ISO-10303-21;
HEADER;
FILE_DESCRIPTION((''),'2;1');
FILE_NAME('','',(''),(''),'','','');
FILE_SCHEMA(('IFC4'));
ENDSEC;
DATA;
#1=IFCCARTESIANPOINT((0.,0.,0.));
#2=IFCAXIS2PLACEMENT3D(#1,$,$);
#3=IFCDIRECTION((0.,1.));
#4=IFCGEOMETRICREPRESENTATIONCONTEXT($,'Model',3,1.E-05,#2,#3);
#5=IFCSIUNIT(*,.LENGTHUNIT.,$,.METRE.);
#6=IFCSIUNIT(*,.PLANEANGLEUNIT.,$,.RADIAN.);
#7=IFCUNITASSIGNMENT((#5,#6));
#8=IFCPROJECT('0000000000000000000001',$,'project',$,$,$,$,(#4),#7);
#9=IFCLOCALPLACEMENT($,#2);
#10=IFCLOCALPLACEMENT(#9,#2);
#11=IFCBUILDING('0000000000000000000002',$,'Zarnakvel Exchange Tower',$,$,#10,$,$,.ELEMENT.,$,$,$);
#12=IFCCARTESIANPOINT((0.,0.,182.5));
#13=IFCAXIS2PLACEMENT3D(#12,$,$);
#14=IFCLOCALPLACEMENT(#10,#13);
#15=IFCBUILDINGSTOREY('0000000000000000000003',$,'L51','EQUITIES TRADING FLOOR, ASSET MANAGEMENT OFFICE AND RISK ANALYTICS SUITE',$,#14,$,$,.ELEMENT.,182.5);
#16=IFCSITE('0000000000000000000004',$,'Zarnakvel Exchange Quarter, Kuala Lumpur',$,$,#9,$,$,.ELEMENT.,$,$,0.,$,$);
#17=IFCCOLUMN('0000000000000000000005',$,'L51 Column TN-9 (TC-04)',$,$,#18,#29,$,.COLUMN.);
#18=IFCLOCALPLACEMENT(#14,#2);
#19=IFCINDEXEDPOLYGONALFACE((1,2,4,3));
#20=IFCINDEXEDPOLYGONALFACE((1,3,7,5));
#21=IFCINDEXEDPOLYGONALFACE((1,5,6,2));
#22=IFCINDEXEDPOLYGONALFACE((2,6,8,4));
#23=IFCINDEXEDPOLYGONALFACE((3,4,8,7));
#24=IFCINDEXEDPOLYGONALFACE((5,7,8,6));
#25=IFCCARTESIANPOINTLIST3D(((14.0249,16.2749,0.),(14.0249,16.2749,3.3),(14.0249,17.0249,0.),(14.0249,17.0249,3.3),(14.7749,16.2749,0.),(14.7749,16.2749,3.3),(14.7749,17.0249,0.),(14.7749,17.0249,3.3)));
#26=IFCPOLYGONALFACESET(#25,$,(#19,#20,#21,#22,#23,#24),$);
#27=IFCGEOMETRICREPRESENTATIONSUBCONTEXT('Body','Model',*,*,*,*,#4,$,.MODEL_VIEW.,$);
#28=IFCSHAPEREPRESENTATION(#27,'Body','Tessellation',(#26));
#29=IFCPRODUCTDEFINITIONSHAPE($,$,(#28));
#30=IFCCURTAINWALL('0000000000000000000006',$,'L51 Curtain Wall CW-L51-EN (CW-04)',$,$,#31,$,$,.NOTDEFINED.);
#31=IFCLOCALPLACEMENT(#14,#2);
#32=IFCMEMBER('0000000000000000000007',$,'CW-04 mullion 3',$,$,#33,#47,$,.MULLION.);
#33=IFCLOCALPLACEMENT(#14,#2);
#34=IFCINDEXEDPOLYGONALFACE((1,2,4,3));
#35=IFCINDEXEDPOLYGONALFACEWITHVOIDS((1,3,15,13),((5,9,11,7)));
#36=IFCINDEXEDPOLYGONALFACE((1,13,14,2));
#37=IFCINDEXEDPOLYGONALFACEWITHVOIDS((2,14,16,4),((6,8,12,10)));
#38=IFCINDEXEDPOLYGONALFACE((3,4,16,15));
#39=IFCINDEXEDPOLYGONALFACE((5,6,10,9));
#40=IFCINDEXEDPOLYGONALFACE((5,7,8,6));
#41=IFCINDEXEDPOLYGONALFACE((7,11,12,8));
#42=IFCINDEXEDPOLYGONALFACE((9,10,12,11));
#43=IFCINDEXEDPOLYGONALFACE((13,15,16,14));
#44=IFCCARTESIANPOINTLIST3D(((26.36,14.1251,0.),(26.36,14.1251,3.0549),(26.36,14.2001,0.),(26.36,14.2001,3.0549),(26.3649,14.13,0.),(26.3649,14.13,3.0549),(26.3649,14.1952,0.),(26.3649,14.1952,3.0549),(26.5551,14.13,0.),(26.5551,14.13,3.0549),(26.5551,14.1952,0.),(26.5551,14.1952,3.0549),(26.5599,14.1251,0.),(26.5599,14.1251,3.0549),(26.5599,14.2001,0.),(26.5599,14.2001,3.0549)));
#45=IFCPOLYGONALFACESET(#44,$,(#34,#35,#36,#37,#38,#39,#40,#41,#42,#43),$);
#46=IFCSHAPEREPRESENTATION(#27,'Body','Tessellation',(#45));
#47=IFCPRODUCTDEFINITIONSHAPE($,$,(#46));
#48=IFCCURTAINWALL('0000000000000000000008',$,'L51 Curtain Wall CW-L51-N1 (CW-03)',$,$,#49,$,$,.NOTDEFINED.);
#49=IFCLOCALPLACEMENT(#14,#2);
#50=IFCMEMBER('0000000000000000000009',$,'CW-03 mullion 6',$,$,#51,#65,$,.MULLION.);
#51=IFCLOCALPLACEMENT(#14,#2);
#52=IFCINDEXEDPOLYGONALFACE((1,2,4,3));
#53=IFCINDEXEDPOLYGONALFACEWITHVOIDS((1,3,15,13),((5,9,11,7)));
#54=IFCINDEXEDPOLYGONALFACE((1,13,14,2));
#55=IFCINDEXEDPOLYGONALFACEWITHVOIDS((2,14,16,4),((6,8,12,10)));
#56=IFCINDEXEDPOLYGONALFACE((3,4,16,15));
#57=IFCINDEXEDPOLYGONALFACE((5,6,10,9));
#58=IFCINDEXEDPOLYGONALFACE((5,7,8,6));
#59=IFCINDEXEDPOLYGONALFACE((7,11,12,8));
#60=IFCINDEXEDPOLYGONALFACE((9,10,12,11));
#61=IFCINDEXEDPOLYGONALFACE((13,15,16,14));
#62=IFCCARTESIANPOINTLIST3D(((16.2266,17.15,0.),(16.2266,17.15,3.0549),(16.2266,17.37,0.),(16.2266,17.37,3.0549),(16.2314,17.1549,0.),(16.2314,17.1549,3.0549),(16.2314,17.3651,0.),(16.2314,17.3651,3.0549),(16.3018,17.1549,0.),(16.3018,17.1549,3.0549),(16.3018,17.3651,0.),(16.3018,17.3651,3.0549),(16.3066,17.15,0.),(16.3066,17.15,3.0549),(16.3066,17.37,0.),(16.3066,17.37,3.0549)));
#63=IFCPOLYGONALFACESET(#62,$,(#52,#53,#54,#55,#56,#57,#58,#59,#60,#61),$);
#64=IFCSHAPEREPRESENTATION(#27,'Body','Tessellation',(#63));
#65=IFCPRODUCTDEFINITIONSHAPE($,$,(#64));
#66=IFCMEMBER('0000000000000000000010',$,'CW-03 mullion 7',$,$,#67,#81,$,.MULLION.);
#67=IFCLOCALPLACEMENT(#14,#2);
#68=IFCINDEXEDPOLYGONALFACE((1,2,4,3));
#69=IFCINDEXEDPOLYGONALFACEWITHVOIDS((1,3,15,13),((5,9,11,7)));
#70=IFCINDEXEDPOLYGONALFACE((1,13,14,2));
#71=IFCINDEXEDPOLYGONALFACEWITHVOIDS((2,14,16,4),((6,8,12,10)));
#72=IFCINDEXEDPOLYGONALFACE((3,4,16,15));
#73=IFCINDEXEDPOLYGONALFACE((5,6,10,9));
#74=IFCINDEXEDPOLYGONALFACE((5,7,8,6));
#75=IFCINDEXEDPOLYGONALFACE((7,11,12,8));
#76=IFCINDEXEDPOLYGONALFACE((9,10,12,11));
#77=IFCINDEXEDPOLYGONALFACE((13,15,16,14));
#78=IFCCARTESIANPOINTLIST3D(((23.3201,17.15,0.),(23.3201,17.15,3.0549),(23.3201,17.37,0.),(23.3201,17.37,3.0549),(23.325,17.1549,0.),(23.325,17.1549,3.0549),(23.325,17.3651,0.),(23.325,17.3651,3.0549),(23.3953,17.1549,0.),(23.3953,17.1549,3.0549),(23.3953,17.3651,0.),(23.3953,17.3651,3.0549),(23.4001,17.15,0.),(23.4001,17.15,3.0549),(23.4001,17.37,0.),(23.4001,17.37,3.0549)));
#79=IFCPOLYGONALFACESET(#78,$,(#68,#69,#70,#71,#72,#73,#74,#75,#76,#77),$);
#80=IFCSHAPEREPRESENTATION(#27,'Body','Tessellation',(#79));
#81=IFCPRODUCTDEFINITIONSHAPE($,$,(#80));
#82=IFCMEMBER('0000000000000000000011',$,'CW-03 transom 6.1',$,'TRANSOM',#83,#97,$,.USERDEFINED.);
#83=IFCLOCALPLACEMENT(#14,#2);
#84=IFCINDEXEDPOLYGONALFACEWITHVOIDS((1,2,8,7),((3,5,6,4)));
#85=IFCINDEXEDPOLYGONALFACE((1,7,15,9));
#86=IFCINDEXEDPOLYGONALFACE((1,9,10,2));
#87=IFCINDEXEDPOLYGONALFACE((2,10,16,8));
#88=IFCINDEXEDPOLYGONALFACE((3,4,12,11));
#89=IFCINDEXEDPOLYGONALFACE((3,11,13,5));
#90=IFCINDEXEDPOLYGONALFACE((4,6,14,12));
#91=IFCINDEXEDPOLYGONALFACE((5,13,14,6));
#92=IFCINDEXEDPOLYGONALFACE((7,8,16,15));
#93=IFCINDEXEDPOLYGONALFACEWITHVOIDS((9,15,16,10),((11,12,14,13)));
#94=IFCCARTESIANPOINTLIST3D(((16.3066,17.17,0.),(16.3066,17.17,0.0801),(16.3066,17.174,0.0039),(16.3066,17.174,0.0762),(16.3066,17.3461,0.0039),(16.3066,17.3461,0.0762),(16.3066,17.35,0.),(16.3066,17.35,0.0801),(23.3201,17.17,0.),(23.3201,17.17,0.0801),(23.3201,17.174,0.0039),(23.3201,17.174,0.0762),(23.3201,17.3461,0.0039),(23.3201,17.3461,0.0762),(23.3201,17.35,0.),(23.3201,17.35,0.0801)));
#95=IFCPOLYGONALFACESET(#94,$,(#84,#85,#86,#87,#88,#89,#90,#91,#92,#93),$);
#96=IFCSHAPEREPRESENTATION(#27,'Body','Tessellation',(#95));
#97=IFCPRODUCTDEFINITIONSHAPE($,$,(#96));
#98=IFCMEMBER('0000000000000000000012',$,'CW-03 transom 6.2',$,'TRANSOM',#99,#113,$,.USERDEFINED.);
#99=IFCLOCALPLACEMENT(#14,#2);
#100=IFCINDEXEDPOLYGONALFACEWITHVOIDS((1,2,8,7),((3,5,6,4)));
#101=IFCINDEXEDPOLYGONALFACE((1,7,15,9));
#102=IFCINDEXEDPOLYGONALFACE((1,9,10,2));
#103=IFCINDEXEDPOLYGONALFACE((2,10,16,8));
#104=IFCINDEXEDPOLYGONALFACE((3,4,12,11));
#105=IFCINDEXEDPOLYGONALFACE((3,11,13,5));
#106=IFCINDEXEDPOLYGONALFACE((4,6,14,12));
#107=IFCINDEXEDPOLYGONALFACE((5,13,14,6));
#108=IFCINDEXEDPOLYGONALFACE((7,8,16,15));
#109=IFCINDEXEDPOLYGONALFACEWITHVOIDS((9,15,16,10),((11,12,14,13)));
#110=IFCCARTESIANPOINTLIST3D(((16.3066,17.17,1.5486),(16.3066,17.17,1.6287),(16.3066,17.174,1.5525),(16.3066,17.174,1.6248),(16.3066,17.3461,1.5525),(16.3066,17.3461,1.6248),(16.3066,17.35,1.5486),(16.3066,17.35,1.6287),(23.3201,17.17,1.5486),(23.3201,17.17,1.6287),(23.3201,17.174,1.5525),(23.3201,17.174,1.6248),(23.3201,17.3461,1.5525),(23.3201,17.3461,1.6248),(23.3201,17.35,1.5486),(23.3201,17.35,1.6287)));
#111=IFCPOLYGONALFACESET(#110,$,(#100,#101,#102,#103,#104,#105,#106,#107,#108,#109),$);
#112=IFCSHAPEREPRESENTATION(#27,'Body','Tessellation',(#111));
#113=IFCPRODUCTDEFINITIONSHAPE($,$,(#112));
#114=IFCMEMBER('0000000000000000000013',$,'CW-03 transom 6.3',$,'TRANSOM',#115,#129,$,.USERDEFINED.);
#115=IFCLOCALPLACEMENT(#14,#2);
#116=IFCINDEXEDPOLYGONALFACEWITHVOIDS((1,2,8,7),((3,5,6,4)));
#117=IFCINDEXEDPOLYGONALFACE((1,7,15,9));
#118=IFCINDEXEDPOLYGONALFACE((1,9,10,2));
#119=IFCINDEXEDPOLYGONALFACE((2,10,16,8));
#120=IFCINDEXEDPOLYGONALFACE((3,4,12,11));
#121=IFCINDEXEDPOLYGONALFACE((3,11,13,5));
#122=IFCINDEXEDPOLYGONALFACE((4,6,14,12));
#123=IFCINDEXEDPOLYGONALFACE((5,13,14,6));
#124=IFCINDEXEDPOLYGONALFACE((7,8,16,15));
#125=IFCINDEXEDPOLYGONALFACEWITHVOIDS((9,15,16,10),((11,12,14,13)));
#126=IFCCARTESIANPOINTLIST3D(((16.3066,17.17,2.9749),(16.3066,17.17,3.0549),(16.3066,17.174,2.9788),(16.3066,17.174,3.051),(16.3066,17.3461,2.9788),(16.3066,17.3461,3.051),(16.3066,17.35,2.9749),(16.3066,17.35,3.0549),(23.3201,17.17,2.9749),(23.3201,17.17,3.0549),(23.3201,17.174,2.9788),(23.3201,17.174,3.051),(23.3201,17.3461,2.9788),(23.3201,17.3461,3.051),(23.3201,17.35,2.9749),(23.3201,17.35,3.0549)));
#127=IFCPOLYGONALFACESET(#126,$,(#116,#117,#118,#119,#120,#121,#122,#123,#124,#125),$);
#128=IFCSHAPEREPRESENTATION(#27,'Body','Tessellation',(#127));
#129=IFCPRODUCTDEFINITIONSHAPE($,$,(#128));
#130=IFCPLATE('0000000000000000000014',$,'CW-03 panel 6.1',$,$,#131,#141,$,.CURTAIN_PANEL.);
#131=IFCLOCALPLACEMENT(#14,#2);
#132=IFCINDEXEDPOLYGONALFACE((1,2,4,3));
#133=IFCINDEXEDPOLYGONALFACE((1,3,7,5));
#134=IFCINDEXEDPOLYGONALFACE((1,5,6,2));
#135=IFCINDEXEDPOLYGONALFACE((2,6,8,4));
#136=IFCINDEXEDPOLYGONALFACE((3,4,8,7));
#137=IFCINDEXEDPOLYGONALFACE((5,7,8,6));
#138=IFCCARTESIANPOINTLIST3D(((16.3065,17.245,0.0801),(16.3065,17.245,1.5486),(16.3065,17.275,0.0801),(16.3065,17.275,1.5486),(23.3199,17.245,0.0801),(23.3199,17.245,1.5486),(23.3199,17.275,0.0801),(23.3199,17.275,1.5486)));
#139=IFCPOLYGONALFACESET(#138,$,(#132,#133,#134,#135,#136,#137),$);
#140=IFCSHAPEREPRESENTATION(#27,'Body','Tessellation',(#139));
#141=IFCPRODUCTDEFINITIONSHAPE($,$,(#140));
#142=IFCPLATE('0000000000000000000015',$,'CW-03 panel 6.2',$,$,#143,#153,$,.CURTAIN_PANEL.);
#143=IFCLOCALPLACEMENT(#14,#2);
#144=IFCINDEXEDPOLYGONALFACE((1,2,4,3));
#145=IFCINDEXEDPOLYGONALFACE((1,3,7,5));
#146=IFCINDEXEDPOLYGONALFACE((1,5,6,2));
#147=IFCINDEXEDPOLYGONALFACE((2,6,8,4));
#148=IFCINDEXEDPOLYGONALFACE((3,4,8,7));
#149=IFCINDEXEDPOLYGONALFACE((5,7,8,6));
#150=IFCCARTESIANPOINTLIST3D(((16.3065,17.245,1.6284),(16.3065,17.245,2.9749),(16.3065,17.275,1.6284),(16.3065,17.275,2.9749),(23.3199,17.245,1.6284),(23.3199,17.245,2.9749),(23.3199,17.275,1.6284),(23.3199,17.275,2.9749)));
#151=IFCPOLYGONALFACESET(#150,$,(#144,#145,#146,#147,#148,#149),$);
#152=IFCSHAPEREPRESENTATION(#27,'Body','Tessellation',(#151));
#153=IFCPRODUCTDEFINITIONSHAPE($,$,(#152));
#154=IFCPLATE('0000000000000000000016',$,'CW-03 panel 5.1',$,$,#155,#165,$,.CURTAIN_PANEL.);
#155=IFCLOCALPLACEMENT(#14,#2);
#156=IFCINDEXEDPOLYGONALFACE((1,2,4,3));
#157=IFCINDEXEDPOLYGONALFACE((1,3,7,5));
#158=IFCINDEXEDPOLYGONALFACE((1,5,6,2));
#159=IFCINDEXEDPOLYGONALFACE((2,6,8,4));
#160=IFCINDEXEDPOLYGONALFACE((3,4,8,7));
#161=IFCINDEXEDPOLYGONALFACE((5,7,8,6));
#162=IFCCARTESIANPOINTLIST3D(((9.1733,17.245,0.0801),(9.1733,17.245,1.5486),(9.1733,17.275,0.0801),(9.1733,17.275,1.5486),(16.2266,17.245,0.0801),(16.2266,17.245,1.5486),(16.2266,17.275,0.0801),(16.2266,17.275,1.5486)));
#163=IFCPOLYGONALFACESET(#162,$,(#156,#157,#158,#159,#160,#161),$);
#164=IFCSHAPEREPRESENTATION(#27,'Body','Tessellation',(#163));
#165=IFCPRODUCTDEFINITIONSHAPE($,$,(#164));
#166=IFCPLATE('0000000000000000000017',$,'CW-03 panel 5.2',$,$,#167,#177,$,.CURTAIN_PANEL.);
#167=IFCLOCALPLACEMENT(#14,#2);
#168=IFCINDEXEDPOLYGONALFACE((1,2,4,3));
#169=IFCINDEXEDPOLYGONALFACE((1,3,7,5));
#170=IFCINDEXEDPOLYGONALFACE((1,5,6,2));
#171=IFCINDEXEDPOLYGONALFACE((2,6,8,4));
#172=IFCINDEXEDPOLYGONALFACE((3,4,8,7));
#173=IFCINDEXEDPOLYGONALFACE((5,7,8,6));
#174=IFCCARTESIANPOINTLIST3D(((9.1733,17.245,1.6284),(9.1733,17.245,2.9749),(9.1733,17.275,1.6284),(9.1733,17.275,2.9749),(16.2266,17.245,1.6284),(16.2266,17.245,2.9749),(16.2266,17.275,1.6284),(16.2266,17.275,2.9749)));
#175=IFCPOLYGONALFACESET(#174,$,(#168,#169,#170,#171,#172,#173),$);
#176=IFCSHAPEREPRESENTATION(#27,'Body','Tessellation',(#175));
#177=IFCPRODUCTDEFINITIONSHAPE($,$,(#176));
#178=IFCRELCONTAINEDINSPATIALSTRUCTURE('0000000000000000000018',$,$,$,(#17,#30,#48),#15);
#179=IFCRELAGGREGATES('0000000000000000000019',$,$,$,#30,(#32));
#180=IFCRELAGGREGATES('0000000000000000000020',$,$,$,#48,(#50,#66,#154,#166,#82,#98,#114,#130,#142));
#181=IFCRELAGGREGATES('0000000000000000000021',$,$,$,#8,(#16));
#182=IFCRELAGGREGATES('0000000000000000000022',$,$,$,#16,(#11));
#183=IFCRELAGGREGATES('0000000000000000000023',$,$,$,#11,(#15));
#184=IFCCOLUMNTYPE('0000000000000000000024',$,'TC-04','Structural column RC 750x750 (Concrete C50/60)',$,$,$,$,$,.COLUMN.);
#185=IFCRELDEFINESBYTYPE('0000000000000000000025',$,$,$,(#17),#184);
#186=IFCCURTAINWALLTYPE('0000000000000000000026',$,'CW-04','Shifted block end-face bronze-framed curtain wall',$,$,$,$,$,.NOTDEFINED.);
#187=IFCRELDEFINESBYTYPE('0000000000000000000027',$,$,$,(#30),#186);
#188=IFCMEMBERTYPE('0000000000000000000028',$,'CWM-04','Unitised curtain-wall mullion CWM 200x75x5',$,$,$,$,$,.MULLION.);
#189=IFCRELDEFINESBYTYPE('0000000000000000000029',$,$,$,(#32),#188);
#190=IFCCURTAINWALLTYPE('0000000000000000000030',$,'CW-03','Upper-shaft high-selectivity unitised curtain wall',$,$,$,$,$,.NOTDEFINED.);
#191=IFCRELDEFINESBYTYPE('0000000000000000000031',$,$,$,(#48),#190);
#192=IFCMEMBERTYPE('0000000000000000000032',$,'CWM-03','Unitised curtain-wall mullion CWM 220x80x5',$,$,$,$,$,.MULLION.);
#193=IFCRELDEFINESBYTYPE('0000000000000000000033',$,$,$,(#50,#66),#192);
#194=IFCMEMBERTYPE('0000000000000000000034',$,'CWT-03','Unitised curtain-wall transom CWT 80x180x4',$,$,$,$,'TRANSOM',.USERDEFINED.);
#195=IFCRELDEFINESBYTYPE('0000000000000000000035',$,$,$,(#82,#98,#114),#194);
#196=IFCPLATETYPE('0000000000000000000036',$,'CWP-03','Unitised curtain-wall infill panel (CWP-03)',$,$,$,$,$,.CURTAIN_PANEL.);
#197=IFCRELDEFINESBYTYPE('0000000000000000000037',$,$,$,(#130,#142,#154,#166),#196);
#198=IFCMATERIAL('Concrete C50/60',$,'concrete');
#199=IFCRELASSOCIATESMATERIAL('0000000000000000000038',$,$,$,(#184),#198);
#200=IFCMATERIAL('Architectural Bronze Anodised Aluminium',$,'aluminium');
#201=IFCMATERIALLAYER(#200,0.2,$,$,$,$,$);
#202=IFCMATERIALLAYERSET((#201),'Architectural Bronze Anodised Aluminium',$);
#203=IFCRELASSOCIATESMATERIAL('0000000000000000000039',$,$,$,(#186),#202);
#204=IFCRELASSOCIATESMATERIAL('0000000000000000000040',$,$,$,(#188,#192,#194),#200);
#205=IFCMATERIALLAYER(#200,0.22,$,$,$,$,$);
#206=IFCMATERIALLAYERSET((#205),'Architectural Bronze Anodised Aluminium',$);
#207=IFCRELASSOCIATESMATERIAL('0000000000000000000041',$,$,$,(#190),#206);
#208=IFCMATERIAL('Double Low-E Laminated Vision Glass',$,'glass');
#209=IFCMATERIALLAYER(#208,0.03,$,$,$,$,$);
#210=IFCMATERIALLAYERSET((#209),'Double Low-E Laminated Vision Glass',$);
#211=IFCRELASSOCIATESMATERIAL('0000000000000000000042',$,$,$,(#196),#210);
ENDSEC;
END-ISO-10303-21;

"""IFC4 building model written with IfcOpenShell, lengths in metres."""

from ifc_helpers import new_model, si_unit, direction, frame, origin, origin_2d, place, context, subcontext, project, spatial, rectangle, hollow_rectangle, extrude, source, transform, mapped, material, layer, layer_set, material_profile, profile_set, type_object, element, aggregate, save


model = new_model("IFC4")

# Units and contexts
model_context = context("Model", 3, precision=1e-05, world=origin(), true_north=direction((0.0, 1.0)))
body_context = subcontext(model_context, "Body", "Model", "MODEL_VIEW")
ifc_project = project(units=[si_unit("LENGTHUNIT", "METRE"), si_unit("PLANEANGLEUNIT", "RADIAN")], contexts=[model_context])

# Site, building, storey
site_placement = place(None, origin())
site = spatial("IfcSite", under=ifc_project, at=site_placement, Name="Zarnakvel Exchange Quarter, Kuala Lumpur", CompositionType="ELEMENT", RefElevation=0.0)
building_placement = place(site_placement, origin())
building = spatial("IfcBuilding", under=site, at=building_placement, Name="Zarnakvel Exchange Tower", CompositionType="ELEMENT")
storey_placement = place(building_placement, frame((0.0, 0.0, 182.5)))
storey = spatial("IfcBuildingStorey", under=building, at=storey_placement, Name="L51", Description="EQUITIES TRADING FLOOR, ASSET MANAGEMENT OFFICE AND RISK ANALYTICS SUITE", CompositionType="ELEMENT", Elevation=182.5)

# Column
ifc_material_1 = material(Name="Concrete C50/60", Category="concrete")
ifc_material_profile_1 = material_profile(ifc_material_1, rectangle(XDim=0.75, YDim=0.75, at=origin_2d()))
ifc_profile_set_1 = profile_set([ifc_material_profile_1], Name="Concrete C50/60")
column_type = type_object("IfcColumnType", Name="TC-04", Description="Structural column RC 750x750 (Concrete C50/60)", PredefinedType="COLUMN", material=ifc_profile_set_1)
column_placement = place(storey_placement, frame((14.3999, 16.6499, 0.0), z_axis=(0.0, 0.0, 1.0), x_axis=(1.0, 0.0, 0.0)))
element("IfcColumn", 1, at=column_placement, inside=storey, type_object=column_type, Name="L51 Column TN-9 (TC-04)", PredefinedType="COLUMN", context=body_context, shape_type="SweptSolid", body=[
    extrude(rectangle(XDim=0.75, YDim=0.75, at=origin_2d()), origin(), (0.0, 0.0, 1.0), 3.3),
])

# Curtain wall, member
ifc_material_2 = material(Name="Architectural Bronze Anodised Aluminium", Category="aluminium")
ifc_layer_1 = layer(ifc_material_2, 0.2)
ifc_layer_set_1 = layer_set([ifc_layer_1], Name="Architectural Bronze Anodised Aluminium")
curtain_wall_type_1 = type_object("IfcCurtainWallType", Name="CW-04", Description="Shifted block end-face bronze-framed curtain wall", PredefinedType="NOTDEFINED", material=ifc_layer_set_1)
curtain_wall_1_placement = place(storey_placement, origin())
curtain_wall_1 = element("IfcCurtainWall", 2, at=curtain_wall_1_placement, inside=storey, type_object=curtain_wall_type_1, Name="L51 Curtain Wall CW-L51-EN (CW-04)", PredefinedType="NOTDEFINED")
ifc_material_profile_2 = material_profile(ifc_material_2, hollow_rectangle(XDim=0.2, YDim=0.075, WallThickness=0.0049, at=origin_2d()))
ifc_profile_set_2 = profile_set([ifc_material_profile_2], Name="Architectural Bronze Anodised Aluminium")
member_type_1 = type_object("IfcMemberType", Name="CWM-04", Description="Unitised curtain-wall mullion CWM 200x75x5", PredefinedType="MULLION", material=ifc_profile_set_2)
shared_shape_1 = source(origin(), body_context, "Body", "SweptSolid", [
    extrude(hollow_rectangle(XDim=0.2, YDim=0.075, WallThickness=0.0049, at=origin_2d()), origin(), (0.0, 0.0, 1.0), 3.0549),
])
member_1_placement = place(storey_placement, frame((26.46, 14.1626, 0.0), z_axis=(0.0, 0.0, 1.0), x_axis=(-1.0, 0.0, 0.0)))
member_1 = element("IfcMember", 3, at=member_1_placement, type_object=member_type_1, Name="CW-04 mullion 3", PredefinedType="MULLION", context=body_context, shape_type="MappedRepresentation", body=[
    mapped(shared_shape_1, transform((0.0, 0.0, 0.0), x_axis=(1.0, 0.0, 0.0), y_axis=(0.0, 1.0, 0.0), z_axis=(0.0, 0.0, 1.0), scale=1.0)),
])
aggregate(curtain_wall_1, [member_1])

# Curtain wall, members, plates
ifc_layer_2 = layer(ifc_material_2, 0.22)
ifc_layer_set_2 = layer_set([ifc_layer_2], Name="Architectural Bronze Anodised Aluminium")
curtain_wall_type_2 = type_object("IfcCurtainWallType", Name="CW-03", Description="Upper-shaft high-selectivity unitised curtain wall", PredefinedType="NOTDEFINED", material=ifc_layer_set_2)
curtain_wall_2_placement = place(storey_placement, origin())
curtain_wall_2 = element("IfcCurtainWall", 4, at=curtain_wall_2_placement, inside=storey, type_object=curtain_wall_type_2, Name="L51 Curtain Wall CW-L51-N1 (CW-03)", PredefinedType="NOTDEFINED")
ifc_material_profile_3 = material_profile(ifc_material_2, hollow_rectangle(XDim=0.22, YDim=0.0801, WallThickness=0.0049, at=origin_2d()))
ifc_profile_set_3 = profile_set([ifc_material_profile_3], Name="Architectural Bronze Anodised Aluminium")
member_type_2 = type_object("IfcMemberType", Name="CWM-03", Description="Unitised curtain-wall mullion CWM 220x80x5", PredefinedType="MULLION", material=ifc_profile_set_3)
shared_shape_2 = source(origin(), body_context, "Body", "SweptSolid", [
    extrude(hollow_rectangle(XDim=0.22, YDim=0.0801, WallThickness=0.0049, at=origin_2d()), origin(), (0.0, 0.0, 1.0), 3.0549),
])
member_2_placement = place(storey_placement, frame((16.2666, 17.26, 0.0), z_axis=(0.0, 0.0, 1.0), x_axis=(0.0, 1.0, 0.0)))
member_2 = element("IfcMember", 5, at=member_2_placement, type_object=member_type_2, Name="CW-03 mullion 6", PredefinedType="MULLION", context=body_context, shape_type="MappedRepresentation", body=[
    mapped(shared_shape_2, transform((0.0, 0.0, 0.0), x_axis=(1.0, 0.0, 0.0), y_axis=(0.0, 1.0, 0.0), z_axis=(0.0, 0.0, 1.0), scale=1.0)),
])
member_3_placement = place(storey_placement, frame((23.3601, 17.26, 0.0), z_axis=(0.0, 0.0, 1.0), x_axis=(0.0, 1.0, 0.0)))
member_3 = element("IfcMember", 6, at=member_3_placement, type_object=member_type_2, Name="CW-03 mullion 7", PredefinedType="MULLION", context=body_context, shape_type="MappedRepresentation", body=[
    mapped(shared_shape_2, transform((0.0, 0.0, 0.0), x_axis=(1.0, 0.0, 0.0), y_axis=(0.0, 1.0, 0.0), z_axis=(0.0, 0.0, 1.0), scale=1.0)),
])
ifc_material_profile_4 = material_profile(ifc_material_2, hollow_rectangle(XDim=0.1799, YDim=0.0801, WallThickness=0.0039, at=origin_2d()))
ifc_profile_set_4 = profile_set([ifc_material_profile_4], Name="Architectural Bronze Anodised Aluminium")
member_type_3 = type_object("IfcMemberType", Name="CWT-03", Description="Unitised curtain-wall transom CWT 80x180x4", ElementType="TRANSOM", PredefinedType="USERDEFINED", material=ifc_profile_set_4)
shared_shape_3 = source(origin(), body_context, "Body", "SweptSolid", [
    extrude(hollow_rectangle(XDim=0.1799, YDim=0.0801, WallThickness=0.0039, at=origin_2d()), origin(), (0.0, 0.0, 1.0), 7.0134),
])
member_4_placement = place(storey_placement, frame((16.3066, 17.26, 0.04), z_axis=(1.0, 0.0, 0.0), x_axis=(0.0, 1.0, 0.0)))
member_4 = element("IfcMember", 7, at=member_4_placement, type_object=member_type_3, Name="CW-03 transom 6.1", ObjectType="TRANSOM", PredefinedType="USERDEFINED", context=body_context, shape_type="MappedRepresentation", body=[
    mapped(shared_shape_3, transform((0.0, 0.0, 0.0), x_axis=(1.0, 0.0, 0.0), y_axis=(0.0, 1.0, 0.0), z_axis=(0.0, 0.0, 1.0), scale=1.0)),
])
member_5_placement = place(storey_placement, frame((16.3066, 17.26, 1.5886), z_axis=(1.0, 0.0, 0.0), x_axis=(0.0, 1.0, 0.0)))
member_5 = element("IfcMember", 8, at=member_5_placement, type_object=member_type_3, Name="CW-03 transom 6.2", ObjectType="TRANSOM", PredefinedType="USERDEFINED", context=body_context, shape_type="MappedRepresentation", body=[
    mapped(shared_shape_3, transform((0.0, 0.0, 0.0), x_axis=(1.0, 0.0, 0.0), y_axis=(0.0, 1.0, 0.0), z_axis=(0.0, 0.0, 1.0), scale=1.0)),
])
member_6_placement = place(storey_placement, frame((16.3066, 17.26, 3.0149), z_axis=(1.0, 0.0, 0.0), x_axis=(0.0, 1.0, 0.0)))
member_6 = element("IfcMember", 9, at=member_6_placement, type_object=member_type_3, Name="CW-03 transom 6.3", ObjectType="TRANSOM", PredefinedType="USERDEFINED", context=body_context, shape_type="MappedRepresentation", body=[
    mapped(shared_shape_3, transform((0.0, 0.0, 0.0), x_axis=(1.0, 0.0, 0.0), y_axis=(0.0, 1.0, 0.0), z_axis=(0.0, 0.0, 1.0), scale=1.0)),
])
ifc_material_3 = material(Name="Double Low-E Laminated Vision Glass", Category="glass")
ifc_layer_3 = layer(ifc_material_3, 0.03)
ifc_layer_set_3 = layer_set([ifc_layer_3], Name="Double Low-E Laminated Vision Glass")
plate_type = type_object("IfcPlateType", Name="CWP-03", Description="Unitised curtain-wall infill panel (CWP-03)", PredefinedType="CURTAIN_PANEL", material=ifc_layer_set_3)
shared_shape_4 = source(origin(), body_context, "Body", "SweptSolid", [
    extrude(rectangle(XDim=7.0134, YDim=0.03, at=origin_2d()), origin(), (0.0, 0.0, 1.0), 1.4685),
])
plate_1_placement = place(storey_placement, frame((19.8132, 17.26, 0.0801), z_axis=(0.0, 0.0, 1.0), x_axis=(1.0, 0.0, 0.0)))
plate_1 = element("IfcPlate", 10, at=plate_1_placement, type_object=plate_type, Name="CW-03 panel 6.1", PredefinedType="CURTAIN_PANEL", context=body_context, shape_type="MappedRepresentation", body=[
    mapped(shared_shape_4, transform((0.0, 0.0, 0.0), x_axis=(1.0, 0.0, 0.0), y_axis=(0.0, 1.0, 0.0), z_axis=(0.0, 0.0, 1.0), scale=1.0)),
])
shared_shape_5 = source(origin(), body_context, "Body", "SweptSolid", [
    extrude(rectangle(XDim=7.0134, YDim=0.03, at=origin_2d()), origin(), (0.0, 0.0, 1.0), 1.3464),
])
plate_2_placement = place(storey_placement, frame((19.8132, 17.26, 1.6284), z_axis=(0.0, 0.0, 1.0), x_axis=(1.0, 0.0, 0.0)))
plate_2 = element("IfcPlate", 11, at=plate_2_placement, type_object=plate_type, Name="CW-03 panel 6.2", PredefinedType="CURTAIN_PANEL", context=body_context, shape_type="MappedRepresentation", body=[
    mapped(shared_shape_5, transform((0.0, 0.0, 0.0), x_axis=(1.0, 0.0, 0.0), y_axis=(0.0, 1.0, 0.0), z_axis=(0.0, 0.0, 1.0), scale=1.0)),
])
shared_shape_6 = source(origin(), body_context, "Body", "SweptSolid", [
    extrude(rectangle(XDim=7.0532, YDim=0.03, at=origin_2d()), origin(), (0.0, 0.0, 1.0), 1.4685),
])
plate_3_placement = place(storey_placement, frame((12.7, 17.26, 0.0801), z_axis=(0.0, 0.0, 1.0), x_axis=(1.0, 0.0, 0.0)))
plate_3 = element("IfcPlate", 12, at=plate_3_placement, type_object=plate_type, Name="CW-03 panel 5.1", PredefinedType="CURTAIN_PANEL", context=body_context, shape_type="MappedRepresentation", body=[
    mapped(shared_shape_6, transform((0.0, 0.0, 0.0), x_axis=(1.0, 0.0, 0.0), y_axis=(0.0, 1.0, 0.0), z_axis=(0.0, 0.0, 1.0), scale=1.0)),
])
shared_shape_7 = source(origin(), body_context, "Body", "SweptSolid", [
    extrude(rectangle(XDim=7.0532, YDim=0.03, at=origin_2d()), origin(), (0.0, 0.0, 1.0), 1.3464),
])
plate_4_placement = place(storey_placement, frame((12.7, 17.26, 1.6284), z_axis=(0.0, 0.0, 1.0), x_axis=(1.0, 0.0, 0.0)))
plate_4 = element("IfcPlate", 13, at=plate_4_placement, type_object=plate_type, Name="CW-03 panel 5.2", PredefinedType="CURTAIN_PANEL", context=body_context, shape_type="MappedRepresentation", body=[
    mapped(shared_shape_7, transform((0.0, 0.0, 0.0), x_axis=(1.0, 0.0, 0.0), y_axis=(0.0, 1.0, 0.0), z_axis=(0.0, 0.0, 1.0), scale=1.0)),
])
aggregate(curtain_wall_2, [member_2, member_3, plate_3, plate_4, member_4, member_5, member_6, plate_1, plate_2])

save(model, "model.ifc")
